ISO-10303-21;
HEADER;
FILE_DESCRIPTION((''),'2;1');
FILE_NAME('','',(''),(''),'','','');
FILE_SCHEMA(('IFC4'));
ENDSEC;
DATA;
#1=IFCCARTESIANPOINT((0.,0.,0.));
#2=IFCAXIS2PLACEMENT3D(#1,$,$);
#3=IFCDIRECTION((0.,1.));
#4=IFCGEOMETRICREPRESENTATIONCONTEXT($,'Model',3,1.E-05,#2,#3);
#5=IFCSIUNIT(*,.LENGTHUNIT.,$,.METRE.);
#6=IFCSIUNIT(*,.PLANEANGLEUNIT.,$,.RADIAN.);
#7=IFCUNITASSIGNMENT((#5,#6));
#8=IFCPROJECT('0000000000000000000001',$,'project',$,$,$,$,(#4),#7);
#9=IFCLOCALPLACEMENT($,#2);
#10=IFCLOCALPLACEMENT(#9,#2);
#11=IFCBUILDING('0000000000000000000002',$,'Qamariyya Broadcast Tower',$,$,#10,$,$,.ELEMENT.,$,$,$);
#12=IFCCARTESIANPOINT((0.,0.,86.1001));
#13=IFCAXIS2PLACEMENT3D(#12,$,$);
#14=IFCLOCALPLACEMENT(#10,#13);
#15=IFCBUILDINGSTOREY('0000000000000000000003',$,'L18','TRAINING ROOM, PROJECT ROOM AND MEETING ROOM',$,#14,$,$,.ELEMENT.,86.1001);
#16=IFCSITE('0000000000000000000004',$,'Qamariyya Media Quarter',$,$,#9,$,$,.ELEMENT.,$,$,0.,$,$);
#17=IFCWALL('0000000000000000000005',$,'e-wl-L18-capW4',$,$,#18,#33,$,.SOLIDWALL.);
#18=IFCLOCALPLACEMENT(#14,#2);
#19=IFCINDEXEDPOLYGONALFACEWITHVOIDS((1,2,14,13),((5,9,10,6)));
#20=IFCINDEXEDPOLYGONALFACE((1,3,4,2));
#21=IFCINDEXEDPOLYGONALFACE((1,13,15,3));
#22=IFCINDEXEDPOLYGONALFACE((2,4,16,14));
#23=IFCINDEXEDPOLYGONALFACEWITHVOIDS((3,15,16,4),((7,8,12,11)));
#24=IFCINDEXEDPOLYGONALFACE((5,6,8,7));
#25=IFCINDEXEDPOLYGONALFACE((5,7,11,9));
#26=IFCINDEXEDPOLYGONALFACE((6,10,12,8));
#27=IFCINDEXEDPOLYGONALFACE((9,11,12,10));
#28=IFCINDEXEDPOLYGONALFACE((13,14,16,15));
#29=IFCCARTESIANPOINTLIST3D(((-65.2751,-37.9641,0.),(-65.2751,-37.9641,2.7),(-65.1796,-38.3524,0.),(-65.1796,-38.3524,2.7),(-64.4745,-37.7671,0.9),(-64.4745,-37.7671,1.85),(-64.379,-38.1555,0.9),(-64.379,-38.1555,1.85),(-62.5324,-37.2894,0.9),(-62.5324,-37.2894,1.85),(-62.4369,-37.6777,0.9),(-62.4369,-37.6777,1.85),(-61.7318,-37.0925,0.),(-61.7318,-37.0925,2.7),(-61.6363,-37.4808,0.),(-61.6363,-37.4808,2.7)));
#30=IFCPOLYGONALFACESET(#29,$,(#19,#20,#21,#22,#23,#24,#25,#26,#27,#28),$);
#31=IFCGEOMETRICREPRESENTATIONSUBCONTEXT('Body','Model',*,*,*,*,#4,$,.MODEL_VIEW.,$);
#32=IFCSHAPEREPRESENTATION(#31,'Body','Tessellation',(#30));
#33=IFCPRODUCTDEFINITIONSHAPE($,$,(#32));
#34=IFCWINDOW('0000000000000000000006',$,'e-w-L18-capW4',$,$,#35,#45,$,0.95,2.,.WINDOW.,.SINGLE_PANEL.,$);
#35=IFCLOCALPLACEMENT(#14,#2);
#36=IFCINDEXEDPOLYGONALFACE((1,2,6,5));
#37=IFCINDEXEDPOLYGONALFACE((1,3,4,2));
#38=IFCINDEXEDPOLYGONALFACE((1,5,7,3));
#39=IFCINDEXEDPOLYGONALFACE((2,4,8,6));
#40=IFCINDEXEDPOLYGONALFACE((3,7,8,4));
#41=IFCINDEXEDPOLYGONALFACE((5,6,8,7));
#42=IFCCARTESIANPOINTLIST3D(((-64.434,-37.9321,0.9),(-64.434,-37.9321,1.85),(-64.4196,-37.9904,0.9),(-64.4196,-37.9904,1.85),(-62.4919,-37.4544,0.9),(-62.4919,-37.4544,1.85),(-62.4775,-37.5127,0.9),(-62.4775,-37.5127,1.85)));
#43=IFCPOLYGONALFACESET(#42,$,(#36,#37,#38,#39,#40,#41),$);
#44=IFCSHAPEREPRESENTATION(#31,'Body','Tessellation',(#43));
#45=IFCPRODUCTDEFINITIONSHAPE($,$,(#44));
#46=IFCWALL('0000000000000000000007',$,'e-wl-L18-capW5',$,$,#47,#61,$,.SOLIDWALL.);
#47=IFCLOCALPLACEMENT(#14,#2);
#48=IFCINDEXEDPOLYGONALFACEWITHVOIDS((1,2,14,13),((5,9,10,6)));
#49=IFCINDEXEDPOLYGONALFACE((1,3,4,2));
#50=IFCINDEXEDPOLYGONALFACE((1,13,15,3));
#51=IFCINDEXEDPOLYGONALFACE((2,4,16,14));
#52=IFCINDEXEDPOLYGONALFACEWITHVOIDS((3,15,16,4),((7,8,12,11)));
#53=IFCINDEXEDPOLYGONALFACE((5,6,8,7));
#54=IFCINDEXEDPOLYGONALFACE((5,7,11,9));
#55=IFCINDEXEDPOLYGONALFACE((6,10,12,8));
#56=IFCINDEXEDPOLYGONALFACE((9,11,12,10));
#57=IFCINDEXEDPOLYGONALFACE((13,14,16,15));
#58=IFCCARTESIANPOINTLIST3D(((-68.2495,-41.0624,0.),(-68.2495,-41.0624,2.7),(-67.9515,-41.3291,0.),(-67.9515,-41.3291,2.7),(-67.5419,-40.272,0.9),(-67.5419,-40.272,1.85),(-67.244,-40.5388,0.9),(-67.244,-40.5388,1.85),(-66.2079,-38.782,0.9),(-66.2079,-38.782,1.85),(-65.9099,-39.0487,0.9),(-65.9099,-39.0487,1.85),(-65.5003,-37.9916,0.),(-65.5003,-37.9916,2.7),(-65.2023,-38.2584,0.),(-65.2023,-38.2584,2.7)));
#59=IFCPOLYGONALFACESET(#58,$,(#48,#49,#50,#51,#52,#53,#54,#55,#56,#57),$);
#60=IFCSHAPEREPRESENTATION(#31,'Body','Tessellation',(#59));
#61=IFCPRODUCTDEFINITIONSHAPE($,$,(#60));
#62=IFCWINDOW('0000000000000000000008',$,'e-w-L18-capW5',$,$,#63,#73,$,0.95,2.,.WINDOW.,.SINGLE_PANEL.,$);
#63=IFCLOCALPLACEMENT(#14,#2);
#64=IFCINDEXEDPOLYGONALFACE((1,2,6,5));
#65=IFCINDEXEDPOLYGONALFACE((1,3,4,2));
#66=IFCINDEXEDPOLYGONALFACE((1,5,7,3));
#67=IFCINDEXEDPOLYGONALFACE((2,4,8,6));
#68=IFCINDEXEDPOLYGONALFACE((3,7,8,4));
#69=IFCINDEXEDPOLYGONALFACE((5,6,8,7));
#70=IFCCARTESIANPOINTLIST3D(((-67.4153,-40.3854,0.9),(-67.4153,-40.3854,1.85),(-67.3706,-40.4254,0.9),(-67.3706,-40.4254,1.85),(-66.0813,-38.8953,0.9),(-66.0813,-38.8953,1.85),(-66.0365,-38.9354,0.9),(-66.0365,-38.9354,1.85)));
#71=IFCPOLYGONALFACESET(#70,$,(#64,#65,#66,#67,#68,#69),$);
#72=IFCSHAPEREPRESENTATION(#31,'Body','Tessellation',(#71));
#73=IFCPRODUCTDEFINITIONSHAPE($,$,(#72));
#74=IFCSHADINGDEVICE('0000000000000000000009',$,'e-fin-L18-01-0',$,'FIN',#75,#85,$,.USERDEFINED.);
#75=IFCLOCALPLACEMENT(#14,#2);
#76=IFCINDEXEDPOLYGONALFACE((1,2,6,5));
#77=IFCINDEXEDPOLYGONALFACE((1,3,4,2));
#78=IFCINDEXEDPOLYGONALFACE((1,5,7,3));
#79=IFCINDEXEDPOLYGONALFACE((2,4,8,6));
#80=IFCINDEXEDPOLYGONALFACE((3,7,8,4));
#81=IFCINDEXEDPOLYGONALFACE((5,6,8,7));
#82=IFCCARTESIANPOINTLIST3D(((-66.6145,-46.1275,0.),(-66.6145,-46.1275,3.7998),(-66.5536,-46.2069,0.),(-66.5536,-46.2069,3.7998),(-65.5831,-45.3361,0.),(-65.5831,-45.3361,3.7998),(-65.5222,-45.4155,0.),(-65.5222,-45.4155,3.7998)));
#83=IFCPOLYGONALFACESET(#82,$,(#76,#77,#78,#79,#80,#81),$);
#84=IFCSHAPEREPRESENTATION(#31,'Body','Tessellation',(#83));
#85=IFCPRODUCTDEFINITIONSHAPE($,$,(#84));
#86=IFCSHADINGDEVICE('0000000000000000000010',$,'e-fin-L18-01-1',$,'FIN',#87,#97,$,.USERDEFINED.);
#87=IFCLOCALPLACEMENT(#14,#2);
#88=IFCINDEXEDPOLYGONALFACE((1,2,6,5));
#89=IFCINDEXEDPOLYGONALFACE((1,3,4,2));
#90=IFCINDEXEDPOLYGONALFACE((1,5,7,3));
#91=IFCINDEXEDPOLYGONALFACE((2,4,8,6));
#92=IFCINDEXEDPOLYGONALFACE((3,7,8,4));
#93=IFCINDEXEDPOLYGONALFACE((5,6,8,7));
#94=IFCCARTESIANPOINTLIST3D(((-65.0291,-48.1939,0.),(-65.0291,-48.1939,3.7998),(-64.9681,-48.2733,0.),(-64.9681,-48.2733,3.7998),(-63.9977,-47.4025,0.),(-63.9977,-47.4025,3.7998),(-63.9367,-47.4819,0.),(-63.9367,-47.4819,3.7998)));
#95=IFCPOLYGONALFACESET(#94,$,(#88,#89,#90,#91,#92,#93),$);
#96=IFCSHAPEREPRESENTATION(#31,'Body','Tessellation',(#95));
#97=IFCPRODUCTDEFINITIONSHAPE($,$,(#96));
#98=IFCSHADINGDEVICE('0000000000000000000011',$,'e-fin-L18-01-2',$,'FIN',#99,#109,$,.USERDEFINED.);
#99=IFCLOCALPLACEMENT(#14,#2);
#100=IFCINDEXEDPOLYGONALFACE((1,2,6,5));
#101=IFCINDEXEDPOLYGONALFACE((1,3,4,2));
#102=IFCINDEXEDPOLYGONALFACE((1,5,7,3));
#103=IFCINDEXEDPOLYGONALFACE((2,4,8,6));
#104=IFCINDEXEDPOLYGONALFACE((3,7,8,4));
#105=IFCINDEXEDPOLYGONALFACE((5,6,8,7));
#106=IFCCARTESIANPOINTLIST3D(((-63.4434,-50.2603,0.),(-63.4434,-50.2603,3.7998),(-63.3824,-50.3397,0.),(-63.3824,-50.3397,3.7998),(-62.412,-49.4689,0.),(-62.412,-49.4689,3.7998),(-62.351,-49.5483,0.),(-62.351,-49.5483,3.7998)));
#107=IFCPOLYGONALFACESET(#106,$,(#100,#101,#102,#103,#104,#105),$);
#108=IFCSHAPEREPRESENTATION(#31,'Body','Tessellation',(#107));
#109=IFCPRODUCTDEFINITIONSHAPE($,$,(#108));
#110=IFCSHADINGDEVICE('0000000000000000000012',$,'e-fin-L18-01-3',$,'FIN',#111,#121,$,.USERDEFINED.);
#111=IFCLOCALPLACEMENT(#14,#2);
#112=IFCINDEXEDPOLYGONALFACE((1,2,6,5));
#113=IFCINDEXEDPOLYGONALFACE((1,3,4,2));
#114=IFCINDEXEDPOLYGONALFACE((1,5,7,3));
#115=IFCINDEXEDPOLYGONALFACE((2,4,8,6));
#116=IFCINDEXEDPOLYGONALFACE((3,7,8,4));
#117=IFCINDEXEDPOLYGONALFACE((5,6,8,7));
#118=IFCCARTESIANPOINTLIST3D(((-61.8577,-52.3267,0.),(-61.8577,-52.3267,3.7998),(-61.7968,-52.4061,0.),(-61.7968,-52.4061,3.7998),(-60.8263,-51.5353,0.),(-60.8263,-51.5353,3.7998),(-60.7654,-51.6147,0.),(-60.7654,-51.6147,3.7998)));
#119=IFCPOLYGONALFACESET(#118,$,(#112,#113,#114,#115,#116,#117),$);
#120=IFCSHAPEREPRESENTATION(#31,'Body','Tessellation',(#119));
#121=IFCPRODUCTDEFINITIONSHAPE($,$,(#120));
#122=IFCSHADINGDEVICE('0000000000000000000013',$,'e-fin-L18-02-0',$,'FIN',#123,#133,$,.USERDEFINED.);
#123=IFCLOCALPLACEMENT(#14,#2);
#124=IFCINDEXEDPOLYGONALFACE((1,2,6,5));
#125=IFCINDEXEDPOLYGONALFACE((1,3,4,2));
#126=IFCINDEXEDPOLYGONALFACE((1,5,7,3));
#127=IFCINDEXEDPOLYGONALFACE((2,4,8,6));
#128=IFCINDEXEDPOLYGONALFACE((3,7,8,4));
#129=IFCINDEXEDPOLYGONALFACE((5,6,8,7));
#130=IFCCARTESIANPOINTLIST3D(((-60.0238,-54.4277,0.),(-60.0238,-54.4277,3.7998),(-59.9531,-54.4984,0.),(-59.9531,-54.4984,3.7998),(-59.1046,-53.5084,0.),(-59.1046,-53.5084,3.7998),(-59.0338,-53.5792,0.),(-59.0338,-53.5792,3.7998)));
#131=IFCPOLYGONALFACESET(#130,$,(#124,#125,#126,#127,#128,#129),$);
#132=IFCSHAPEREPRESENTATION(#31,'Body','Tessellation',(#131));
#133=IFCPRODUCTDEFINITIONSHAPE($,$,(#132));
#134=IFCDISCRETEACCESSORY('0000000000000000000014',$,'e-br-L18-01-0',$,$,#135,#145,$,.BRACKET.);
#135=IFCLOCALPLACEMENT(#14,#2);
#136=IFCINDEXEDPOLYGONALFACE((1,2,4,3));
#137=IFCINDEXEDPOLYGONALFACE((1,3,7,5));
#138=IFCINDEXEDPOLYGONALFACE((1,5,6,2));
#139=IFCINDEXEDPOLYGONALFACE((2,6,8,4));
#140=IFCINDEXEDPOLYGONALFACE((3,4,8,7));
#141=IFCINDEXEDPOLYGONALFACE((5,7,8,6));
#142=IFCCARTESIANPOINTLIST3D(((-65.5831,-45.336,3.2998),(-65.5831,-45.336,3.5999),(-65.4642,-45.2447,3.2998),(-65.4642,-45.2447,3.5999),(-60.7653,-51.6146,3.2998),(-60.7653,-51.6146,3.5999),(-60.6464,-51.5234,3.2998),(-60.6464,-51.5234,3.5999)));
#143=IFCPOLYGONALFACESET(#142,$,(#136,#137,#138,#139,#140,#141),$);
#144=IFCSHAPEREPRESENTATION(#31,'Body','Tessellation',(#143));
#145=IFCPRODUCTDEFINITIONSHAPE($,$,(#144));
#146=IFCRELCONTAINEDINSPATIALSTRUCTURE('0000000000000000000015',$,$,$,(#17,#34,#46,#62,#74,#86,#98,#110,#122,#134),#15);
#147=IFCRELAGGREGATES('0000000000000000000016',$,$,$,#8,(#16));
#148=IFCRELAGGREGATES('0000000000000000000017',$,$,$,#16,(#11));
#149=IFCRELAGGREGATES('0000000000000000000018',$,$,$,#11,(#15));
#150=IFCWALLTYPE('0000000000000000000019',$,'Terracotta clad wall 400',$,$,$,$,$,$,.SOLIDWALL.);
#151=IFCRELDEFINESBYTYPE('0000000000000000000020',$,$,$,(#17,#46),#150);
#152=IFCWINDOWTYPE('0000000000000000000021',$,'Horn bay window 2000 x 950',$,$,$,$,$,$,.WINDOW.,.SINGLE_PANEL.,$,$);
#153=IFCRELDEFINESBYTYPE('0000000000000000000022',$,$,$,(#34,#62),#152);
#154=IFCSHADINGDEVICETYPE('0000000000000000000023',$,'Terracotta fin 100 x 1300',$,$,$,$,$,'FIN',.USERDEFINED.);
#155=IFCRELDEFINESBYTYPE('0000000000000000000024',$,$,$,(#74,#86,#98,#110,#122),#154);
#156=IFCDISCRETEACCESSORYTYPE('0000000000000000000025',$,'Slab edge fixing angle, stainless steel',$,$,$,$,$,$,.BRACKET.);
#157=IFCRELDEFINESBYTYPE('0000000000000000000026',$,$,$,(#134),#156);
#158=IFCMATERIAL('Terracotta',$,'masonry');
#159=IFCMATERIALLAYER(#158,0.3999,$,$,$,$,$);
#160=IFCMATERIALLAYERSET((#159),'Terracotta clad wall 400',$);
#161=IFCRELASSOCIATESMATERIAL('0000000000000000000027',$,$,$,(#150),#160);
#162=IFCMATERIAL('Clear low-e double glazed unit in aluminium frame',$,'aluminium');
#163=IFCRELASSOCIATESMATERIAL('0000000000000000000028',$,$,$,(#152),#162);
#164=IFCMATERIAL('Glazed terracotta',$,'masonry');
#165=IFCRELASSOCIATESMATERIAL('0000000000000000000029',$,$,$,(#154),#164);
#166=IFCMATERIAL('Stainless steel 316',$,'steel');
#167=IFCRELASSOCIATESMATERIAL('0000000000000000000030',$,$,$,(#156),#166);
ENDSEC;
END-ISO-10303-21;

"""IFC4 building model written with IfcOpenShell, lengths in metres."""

from ifc_helpers import new_model, si_unit, direction, frame, frame_2d, origin, origin_2d, place, context, subcontext, project, spatial, rectangle, extrude, material, layer, layer_set, material_profile, profile_set, type_object, element, fill, save


model = new_model("IFC4")

# Units and contexts
model_context = context("Model", 3, precision=1e-05, world=origin(), true_north=direction((0.0, 1.0)))
body_context = subcontext(model_context, "Body", "Model", "MODEL_VIEW")
ifc_project = project(units=[si_unit("LENGTHUNIT", "METRE"), si_unit("PLANEANGLEUNIT", "RADIAN")], contexts=[model_context])

# Site, building, storey
site_placement = place(None, origin())
site = spatial("IfcSite", under=ifc_project, at=site_placement, Name="Qamariyya Media Quarter", CompositionType="ELEMENT", RefElevation=0.0)
building_placement = place(site_placement, origin())
building = spatial("IfcBuilding", under=site, at=building_placement, Name="Qamariyya Broadcast Tower", CompositionType="ELEMENT")
storey_placement = place(building_placement, frame((0.0, 0.0, 86.1001)))
storey = spatial("IfcBuildingStorey", under=building, at=storey_placement, Name="L18", Description="TRAINING ROOM, PROJECT ROOM AND MEETING ROOM", CompositionType="ELEMENT", Elevation=86.1001)

# Walls, openings, windows
ifc_material_1 = material(Name="Terracotta", Category="masonry")
ifc_layer = layer(ifc_material_1, 0.3999)
ifc_layer_set = layer_set([ifc_layer], Name="Terracotta clad wall 400")
wall_type = type_object("IfcWallType", Name="Terracotta clad wall 400", PredefinedType="SOLIDWALL", material=ifc_layer_set)
ifc_material_2 = material(Name="Clear low-e double glazed unit in aluminium frame", Category="aluminium")
window_type = type_object("IfcWindowType", Name="Horn bay window 2000 x 950", PartitioningType="SINGLE_PANEL", PredefinedType="WINDOW", material=ifc_material_2)
wall_1_placement = place(storey_placement, frame((-61.6841, -37.2866, 0.0), z_axis=(0.0, 0.0, 1.0), x_axis=(-0.971053, -0.238866, 0.0)))
wall_1 = element("IfcWall", 1, at=wall_1_placement, inside=storey, type_object=wall_type, Name="e-wl-L18-capW4", PredefinedType="SOLIDWALL", context=body_context, shape_type="SweptSolid", body=[
    extrude(rectangle(XDim=3.6489, YDim=0.3999, at=frame_2d((1.8245, 0.0))), origin(), (0.0, 0.0, 1.0), 2.7),
])
opening_1_placement = place(wall_1_placement, frame((0.8245, 0.0, 0.8999)))
opening_1 = element("IfcOpeningElement", 2, at=opening_1_placement, cuts=wall_1, PredefinedType="OPENING", context=body_context, shape_type="SweptSolid", body=[
    extrude(rectangle(XDim=2.0, YDim=0.95, at=frame_2d((1.0, 0.4751))), frame((0.0, 0.21, 0.0), z_axis=(0.0, -1.0, 0.0), x_axis=(1.0, 0.0, 0.0)), (0.0, 0.0, 1.0), 0.4199),
])
window_1_placement = place(opening_1_placement, origin())
window_1 = element("IfcWindow", 3, at=window_1_placement, inside=storey, type_object=window_type, Name="e-w-L18-capW4", OverallHeight=0.95, OverallWidth=2.0, PartitioningType="SINGLE_PANEL", PredefinedType="WINDOW", context=body_context, shape_type="SweptSolid", body=[
    extrude(rectangle(XDim=2.0, YDim=0.95, at=frame_2d((1.0, 0.4751))), frame((0.0, 0.03, 0.0), z_axis=(0.0, -1.0, 0.0), x_axis=(1.0, 0.0, 0.0)), (0.0, 0.0, 1.0), 0.0601),
])
fill(opening_1, window_1)
wall_2_placement = place(storey_placement, frame((-65.3513, -38.125, 0.0), z_axis=(0.0, 0.0, 1.0), x_axis=(-0.667025, -0.745035, 0.0)))
wall_2 = element("IfcWall", 4, at=wall_2_placement, inside=storey, type_object=wall_type, Name="e-wl-L18-capW5", PredefinedType="SOLIDWALL", context=body_context, shape_type="SweptSolid", body=[
    extrude(rectangle(XDim=4.1216, YDim=0.3999, at=frame_2d((2.0608, 0.0))), origin(), (0.0, 0.0, 1.0), 2.7),
])
opening_2_placement = place(wall_2_placement, frame((1.0608, 0.0, 0.8999)))
opening_2 = element("IfcOpeningElement", 5, at=opening_2_placement, cuts=wall_2, PredefinedType="OPENING", context=body_context, shape_type="SweptSolid", body=[
    extrude(rectangle(XDim=2.0, YDim=0.95, at=frame_2d((1.0, 0.4751))), frame((0.0, 0.21, 0.0), z_axis=(0.0, -1.0, 0.0), x_axis=(1.0, 0.0, 0.0)), (0.0, 0.0, 1.0), 0.4199),
])
window_2_placement = place(opening_2_placement, origin())
window_2 = element("IfcWindow", 6, at=window_2_placement, inside=storey, type_object=window_type, Name="e-w-L18-capW5", OverallHeight=0.95, OverallWidth=2.0, PartitioningType="SINGLE_PANEL", PredefinedType="WINDOW", context=body_context, shape_type="SweptSolid", body=[
    extrude(rectangle(XDim=2.0, YDim=0.95, at=frame_2d((1.0, 0.4751))), frame((0.0, 0.03, 0.0), z_axis=(0.0, -1.0, 0.0), x_axis=(1.0, 0.0, 0.0)), (0.0, 0.0, 1.0), 0.0601),
])
fill(opening_2, window_2)

# Shading devices
ifc_material_3 = material(Name="Glazed terracotta", Category="masonry")
ifc_material_profile_1 = material_profile(ifc_material_3, rectangle(XDim=1.3, YDim=0.1001, at=origin_2d()))
ifc_profile_set_1 = profile_set([ifc_material_profile_1], Name="Glazed terracotta")
shading_device_type_1 = type_object("IfcShadingDeviceType", Name="Terracotta fin 100 x 1300", ElementType="FIN", PredefinedType="USERDEFINED", material=ifc_profile_set_1)
for number, where, z_axis, x_axis, name in (
    (7, (-66.0684, -45.7715, 0.0), (0.0, 0.0, 1.0), (-0.793353, -0.608761, 0.0), "e-fin-L18-01-0"),
    (8, (-64.4829, -47.8379, 0.0), (0.0, 0.0, 1.0), (-0.793353, -0.608761, 0.0), "e-fin-L18-01-1"),
    (9, (-62.8972, -49.9043, 0.0), (0.0, 0.0, 1.0), (-0.793353, -0.608761, 0.0), "e-fin-L18-01-2"),
    (10, (-61.3115, -51.9707, 0.0), (0.0, 0.0, 1.0), (-0.793353, -0.608761, 0.0), "e-fin-L18-01-3"),
    (11, (-59.5288, -54.0034, 0.0), (0.0, 0.0, 1.0), (-0.707107, -0.707107, 0.0), "e-fin-L18-02-0"),
):
    element("IfcShadingDevice", number, at=place(storey_placement, frame(where, z_axis=z_axis, x_axis=x_axis)), inside=storey, type_object=shading_device_type_1, Name=name, ObjectType="FIN", PredefinedType="USERDEFINED", context=body_context, shape_type="SweptSolid", body=[
        extrude(rectangle(XDim=1.3, YDim=0.1001, at=origin_2d()), origin(), (0.0, 0.0, 1.0), 3.7998),
    ])

# Discrete accessory
ifc_material_4 = material(Name="Stainless steel 316", Category="steel")
discrete_accessory_type = type_object("IfcDiscreteAccessoryType", Name="Slab edge fixing angle, stainless steel", PredefinedType="BRACKET", material=ifc_material_4)
discrete_accessory_placement = place(storey_placement, frame((-63.1147, -48.4297, 3.2998), z_axis=(0.0, 0.0, 1.0), x_axis=(0.608761, -0.793353, 0.0)))
element("IfcDiscreteAccessory", 12, at=discrete_accessory_placement, inside=storey, type_object=discrete_accessory_type, Name="e-br-L18-01-0", PredefinedType="BRACKET", context=body_context, shape_type="SweptSolid", body=[
    extrude(rectangle(XDim=7.9141, YDim=0.1499, at=origin_2d()), origin(), (0.0, 0.0, 1.0), 0.3),
])

save(model, "model.ifc")
